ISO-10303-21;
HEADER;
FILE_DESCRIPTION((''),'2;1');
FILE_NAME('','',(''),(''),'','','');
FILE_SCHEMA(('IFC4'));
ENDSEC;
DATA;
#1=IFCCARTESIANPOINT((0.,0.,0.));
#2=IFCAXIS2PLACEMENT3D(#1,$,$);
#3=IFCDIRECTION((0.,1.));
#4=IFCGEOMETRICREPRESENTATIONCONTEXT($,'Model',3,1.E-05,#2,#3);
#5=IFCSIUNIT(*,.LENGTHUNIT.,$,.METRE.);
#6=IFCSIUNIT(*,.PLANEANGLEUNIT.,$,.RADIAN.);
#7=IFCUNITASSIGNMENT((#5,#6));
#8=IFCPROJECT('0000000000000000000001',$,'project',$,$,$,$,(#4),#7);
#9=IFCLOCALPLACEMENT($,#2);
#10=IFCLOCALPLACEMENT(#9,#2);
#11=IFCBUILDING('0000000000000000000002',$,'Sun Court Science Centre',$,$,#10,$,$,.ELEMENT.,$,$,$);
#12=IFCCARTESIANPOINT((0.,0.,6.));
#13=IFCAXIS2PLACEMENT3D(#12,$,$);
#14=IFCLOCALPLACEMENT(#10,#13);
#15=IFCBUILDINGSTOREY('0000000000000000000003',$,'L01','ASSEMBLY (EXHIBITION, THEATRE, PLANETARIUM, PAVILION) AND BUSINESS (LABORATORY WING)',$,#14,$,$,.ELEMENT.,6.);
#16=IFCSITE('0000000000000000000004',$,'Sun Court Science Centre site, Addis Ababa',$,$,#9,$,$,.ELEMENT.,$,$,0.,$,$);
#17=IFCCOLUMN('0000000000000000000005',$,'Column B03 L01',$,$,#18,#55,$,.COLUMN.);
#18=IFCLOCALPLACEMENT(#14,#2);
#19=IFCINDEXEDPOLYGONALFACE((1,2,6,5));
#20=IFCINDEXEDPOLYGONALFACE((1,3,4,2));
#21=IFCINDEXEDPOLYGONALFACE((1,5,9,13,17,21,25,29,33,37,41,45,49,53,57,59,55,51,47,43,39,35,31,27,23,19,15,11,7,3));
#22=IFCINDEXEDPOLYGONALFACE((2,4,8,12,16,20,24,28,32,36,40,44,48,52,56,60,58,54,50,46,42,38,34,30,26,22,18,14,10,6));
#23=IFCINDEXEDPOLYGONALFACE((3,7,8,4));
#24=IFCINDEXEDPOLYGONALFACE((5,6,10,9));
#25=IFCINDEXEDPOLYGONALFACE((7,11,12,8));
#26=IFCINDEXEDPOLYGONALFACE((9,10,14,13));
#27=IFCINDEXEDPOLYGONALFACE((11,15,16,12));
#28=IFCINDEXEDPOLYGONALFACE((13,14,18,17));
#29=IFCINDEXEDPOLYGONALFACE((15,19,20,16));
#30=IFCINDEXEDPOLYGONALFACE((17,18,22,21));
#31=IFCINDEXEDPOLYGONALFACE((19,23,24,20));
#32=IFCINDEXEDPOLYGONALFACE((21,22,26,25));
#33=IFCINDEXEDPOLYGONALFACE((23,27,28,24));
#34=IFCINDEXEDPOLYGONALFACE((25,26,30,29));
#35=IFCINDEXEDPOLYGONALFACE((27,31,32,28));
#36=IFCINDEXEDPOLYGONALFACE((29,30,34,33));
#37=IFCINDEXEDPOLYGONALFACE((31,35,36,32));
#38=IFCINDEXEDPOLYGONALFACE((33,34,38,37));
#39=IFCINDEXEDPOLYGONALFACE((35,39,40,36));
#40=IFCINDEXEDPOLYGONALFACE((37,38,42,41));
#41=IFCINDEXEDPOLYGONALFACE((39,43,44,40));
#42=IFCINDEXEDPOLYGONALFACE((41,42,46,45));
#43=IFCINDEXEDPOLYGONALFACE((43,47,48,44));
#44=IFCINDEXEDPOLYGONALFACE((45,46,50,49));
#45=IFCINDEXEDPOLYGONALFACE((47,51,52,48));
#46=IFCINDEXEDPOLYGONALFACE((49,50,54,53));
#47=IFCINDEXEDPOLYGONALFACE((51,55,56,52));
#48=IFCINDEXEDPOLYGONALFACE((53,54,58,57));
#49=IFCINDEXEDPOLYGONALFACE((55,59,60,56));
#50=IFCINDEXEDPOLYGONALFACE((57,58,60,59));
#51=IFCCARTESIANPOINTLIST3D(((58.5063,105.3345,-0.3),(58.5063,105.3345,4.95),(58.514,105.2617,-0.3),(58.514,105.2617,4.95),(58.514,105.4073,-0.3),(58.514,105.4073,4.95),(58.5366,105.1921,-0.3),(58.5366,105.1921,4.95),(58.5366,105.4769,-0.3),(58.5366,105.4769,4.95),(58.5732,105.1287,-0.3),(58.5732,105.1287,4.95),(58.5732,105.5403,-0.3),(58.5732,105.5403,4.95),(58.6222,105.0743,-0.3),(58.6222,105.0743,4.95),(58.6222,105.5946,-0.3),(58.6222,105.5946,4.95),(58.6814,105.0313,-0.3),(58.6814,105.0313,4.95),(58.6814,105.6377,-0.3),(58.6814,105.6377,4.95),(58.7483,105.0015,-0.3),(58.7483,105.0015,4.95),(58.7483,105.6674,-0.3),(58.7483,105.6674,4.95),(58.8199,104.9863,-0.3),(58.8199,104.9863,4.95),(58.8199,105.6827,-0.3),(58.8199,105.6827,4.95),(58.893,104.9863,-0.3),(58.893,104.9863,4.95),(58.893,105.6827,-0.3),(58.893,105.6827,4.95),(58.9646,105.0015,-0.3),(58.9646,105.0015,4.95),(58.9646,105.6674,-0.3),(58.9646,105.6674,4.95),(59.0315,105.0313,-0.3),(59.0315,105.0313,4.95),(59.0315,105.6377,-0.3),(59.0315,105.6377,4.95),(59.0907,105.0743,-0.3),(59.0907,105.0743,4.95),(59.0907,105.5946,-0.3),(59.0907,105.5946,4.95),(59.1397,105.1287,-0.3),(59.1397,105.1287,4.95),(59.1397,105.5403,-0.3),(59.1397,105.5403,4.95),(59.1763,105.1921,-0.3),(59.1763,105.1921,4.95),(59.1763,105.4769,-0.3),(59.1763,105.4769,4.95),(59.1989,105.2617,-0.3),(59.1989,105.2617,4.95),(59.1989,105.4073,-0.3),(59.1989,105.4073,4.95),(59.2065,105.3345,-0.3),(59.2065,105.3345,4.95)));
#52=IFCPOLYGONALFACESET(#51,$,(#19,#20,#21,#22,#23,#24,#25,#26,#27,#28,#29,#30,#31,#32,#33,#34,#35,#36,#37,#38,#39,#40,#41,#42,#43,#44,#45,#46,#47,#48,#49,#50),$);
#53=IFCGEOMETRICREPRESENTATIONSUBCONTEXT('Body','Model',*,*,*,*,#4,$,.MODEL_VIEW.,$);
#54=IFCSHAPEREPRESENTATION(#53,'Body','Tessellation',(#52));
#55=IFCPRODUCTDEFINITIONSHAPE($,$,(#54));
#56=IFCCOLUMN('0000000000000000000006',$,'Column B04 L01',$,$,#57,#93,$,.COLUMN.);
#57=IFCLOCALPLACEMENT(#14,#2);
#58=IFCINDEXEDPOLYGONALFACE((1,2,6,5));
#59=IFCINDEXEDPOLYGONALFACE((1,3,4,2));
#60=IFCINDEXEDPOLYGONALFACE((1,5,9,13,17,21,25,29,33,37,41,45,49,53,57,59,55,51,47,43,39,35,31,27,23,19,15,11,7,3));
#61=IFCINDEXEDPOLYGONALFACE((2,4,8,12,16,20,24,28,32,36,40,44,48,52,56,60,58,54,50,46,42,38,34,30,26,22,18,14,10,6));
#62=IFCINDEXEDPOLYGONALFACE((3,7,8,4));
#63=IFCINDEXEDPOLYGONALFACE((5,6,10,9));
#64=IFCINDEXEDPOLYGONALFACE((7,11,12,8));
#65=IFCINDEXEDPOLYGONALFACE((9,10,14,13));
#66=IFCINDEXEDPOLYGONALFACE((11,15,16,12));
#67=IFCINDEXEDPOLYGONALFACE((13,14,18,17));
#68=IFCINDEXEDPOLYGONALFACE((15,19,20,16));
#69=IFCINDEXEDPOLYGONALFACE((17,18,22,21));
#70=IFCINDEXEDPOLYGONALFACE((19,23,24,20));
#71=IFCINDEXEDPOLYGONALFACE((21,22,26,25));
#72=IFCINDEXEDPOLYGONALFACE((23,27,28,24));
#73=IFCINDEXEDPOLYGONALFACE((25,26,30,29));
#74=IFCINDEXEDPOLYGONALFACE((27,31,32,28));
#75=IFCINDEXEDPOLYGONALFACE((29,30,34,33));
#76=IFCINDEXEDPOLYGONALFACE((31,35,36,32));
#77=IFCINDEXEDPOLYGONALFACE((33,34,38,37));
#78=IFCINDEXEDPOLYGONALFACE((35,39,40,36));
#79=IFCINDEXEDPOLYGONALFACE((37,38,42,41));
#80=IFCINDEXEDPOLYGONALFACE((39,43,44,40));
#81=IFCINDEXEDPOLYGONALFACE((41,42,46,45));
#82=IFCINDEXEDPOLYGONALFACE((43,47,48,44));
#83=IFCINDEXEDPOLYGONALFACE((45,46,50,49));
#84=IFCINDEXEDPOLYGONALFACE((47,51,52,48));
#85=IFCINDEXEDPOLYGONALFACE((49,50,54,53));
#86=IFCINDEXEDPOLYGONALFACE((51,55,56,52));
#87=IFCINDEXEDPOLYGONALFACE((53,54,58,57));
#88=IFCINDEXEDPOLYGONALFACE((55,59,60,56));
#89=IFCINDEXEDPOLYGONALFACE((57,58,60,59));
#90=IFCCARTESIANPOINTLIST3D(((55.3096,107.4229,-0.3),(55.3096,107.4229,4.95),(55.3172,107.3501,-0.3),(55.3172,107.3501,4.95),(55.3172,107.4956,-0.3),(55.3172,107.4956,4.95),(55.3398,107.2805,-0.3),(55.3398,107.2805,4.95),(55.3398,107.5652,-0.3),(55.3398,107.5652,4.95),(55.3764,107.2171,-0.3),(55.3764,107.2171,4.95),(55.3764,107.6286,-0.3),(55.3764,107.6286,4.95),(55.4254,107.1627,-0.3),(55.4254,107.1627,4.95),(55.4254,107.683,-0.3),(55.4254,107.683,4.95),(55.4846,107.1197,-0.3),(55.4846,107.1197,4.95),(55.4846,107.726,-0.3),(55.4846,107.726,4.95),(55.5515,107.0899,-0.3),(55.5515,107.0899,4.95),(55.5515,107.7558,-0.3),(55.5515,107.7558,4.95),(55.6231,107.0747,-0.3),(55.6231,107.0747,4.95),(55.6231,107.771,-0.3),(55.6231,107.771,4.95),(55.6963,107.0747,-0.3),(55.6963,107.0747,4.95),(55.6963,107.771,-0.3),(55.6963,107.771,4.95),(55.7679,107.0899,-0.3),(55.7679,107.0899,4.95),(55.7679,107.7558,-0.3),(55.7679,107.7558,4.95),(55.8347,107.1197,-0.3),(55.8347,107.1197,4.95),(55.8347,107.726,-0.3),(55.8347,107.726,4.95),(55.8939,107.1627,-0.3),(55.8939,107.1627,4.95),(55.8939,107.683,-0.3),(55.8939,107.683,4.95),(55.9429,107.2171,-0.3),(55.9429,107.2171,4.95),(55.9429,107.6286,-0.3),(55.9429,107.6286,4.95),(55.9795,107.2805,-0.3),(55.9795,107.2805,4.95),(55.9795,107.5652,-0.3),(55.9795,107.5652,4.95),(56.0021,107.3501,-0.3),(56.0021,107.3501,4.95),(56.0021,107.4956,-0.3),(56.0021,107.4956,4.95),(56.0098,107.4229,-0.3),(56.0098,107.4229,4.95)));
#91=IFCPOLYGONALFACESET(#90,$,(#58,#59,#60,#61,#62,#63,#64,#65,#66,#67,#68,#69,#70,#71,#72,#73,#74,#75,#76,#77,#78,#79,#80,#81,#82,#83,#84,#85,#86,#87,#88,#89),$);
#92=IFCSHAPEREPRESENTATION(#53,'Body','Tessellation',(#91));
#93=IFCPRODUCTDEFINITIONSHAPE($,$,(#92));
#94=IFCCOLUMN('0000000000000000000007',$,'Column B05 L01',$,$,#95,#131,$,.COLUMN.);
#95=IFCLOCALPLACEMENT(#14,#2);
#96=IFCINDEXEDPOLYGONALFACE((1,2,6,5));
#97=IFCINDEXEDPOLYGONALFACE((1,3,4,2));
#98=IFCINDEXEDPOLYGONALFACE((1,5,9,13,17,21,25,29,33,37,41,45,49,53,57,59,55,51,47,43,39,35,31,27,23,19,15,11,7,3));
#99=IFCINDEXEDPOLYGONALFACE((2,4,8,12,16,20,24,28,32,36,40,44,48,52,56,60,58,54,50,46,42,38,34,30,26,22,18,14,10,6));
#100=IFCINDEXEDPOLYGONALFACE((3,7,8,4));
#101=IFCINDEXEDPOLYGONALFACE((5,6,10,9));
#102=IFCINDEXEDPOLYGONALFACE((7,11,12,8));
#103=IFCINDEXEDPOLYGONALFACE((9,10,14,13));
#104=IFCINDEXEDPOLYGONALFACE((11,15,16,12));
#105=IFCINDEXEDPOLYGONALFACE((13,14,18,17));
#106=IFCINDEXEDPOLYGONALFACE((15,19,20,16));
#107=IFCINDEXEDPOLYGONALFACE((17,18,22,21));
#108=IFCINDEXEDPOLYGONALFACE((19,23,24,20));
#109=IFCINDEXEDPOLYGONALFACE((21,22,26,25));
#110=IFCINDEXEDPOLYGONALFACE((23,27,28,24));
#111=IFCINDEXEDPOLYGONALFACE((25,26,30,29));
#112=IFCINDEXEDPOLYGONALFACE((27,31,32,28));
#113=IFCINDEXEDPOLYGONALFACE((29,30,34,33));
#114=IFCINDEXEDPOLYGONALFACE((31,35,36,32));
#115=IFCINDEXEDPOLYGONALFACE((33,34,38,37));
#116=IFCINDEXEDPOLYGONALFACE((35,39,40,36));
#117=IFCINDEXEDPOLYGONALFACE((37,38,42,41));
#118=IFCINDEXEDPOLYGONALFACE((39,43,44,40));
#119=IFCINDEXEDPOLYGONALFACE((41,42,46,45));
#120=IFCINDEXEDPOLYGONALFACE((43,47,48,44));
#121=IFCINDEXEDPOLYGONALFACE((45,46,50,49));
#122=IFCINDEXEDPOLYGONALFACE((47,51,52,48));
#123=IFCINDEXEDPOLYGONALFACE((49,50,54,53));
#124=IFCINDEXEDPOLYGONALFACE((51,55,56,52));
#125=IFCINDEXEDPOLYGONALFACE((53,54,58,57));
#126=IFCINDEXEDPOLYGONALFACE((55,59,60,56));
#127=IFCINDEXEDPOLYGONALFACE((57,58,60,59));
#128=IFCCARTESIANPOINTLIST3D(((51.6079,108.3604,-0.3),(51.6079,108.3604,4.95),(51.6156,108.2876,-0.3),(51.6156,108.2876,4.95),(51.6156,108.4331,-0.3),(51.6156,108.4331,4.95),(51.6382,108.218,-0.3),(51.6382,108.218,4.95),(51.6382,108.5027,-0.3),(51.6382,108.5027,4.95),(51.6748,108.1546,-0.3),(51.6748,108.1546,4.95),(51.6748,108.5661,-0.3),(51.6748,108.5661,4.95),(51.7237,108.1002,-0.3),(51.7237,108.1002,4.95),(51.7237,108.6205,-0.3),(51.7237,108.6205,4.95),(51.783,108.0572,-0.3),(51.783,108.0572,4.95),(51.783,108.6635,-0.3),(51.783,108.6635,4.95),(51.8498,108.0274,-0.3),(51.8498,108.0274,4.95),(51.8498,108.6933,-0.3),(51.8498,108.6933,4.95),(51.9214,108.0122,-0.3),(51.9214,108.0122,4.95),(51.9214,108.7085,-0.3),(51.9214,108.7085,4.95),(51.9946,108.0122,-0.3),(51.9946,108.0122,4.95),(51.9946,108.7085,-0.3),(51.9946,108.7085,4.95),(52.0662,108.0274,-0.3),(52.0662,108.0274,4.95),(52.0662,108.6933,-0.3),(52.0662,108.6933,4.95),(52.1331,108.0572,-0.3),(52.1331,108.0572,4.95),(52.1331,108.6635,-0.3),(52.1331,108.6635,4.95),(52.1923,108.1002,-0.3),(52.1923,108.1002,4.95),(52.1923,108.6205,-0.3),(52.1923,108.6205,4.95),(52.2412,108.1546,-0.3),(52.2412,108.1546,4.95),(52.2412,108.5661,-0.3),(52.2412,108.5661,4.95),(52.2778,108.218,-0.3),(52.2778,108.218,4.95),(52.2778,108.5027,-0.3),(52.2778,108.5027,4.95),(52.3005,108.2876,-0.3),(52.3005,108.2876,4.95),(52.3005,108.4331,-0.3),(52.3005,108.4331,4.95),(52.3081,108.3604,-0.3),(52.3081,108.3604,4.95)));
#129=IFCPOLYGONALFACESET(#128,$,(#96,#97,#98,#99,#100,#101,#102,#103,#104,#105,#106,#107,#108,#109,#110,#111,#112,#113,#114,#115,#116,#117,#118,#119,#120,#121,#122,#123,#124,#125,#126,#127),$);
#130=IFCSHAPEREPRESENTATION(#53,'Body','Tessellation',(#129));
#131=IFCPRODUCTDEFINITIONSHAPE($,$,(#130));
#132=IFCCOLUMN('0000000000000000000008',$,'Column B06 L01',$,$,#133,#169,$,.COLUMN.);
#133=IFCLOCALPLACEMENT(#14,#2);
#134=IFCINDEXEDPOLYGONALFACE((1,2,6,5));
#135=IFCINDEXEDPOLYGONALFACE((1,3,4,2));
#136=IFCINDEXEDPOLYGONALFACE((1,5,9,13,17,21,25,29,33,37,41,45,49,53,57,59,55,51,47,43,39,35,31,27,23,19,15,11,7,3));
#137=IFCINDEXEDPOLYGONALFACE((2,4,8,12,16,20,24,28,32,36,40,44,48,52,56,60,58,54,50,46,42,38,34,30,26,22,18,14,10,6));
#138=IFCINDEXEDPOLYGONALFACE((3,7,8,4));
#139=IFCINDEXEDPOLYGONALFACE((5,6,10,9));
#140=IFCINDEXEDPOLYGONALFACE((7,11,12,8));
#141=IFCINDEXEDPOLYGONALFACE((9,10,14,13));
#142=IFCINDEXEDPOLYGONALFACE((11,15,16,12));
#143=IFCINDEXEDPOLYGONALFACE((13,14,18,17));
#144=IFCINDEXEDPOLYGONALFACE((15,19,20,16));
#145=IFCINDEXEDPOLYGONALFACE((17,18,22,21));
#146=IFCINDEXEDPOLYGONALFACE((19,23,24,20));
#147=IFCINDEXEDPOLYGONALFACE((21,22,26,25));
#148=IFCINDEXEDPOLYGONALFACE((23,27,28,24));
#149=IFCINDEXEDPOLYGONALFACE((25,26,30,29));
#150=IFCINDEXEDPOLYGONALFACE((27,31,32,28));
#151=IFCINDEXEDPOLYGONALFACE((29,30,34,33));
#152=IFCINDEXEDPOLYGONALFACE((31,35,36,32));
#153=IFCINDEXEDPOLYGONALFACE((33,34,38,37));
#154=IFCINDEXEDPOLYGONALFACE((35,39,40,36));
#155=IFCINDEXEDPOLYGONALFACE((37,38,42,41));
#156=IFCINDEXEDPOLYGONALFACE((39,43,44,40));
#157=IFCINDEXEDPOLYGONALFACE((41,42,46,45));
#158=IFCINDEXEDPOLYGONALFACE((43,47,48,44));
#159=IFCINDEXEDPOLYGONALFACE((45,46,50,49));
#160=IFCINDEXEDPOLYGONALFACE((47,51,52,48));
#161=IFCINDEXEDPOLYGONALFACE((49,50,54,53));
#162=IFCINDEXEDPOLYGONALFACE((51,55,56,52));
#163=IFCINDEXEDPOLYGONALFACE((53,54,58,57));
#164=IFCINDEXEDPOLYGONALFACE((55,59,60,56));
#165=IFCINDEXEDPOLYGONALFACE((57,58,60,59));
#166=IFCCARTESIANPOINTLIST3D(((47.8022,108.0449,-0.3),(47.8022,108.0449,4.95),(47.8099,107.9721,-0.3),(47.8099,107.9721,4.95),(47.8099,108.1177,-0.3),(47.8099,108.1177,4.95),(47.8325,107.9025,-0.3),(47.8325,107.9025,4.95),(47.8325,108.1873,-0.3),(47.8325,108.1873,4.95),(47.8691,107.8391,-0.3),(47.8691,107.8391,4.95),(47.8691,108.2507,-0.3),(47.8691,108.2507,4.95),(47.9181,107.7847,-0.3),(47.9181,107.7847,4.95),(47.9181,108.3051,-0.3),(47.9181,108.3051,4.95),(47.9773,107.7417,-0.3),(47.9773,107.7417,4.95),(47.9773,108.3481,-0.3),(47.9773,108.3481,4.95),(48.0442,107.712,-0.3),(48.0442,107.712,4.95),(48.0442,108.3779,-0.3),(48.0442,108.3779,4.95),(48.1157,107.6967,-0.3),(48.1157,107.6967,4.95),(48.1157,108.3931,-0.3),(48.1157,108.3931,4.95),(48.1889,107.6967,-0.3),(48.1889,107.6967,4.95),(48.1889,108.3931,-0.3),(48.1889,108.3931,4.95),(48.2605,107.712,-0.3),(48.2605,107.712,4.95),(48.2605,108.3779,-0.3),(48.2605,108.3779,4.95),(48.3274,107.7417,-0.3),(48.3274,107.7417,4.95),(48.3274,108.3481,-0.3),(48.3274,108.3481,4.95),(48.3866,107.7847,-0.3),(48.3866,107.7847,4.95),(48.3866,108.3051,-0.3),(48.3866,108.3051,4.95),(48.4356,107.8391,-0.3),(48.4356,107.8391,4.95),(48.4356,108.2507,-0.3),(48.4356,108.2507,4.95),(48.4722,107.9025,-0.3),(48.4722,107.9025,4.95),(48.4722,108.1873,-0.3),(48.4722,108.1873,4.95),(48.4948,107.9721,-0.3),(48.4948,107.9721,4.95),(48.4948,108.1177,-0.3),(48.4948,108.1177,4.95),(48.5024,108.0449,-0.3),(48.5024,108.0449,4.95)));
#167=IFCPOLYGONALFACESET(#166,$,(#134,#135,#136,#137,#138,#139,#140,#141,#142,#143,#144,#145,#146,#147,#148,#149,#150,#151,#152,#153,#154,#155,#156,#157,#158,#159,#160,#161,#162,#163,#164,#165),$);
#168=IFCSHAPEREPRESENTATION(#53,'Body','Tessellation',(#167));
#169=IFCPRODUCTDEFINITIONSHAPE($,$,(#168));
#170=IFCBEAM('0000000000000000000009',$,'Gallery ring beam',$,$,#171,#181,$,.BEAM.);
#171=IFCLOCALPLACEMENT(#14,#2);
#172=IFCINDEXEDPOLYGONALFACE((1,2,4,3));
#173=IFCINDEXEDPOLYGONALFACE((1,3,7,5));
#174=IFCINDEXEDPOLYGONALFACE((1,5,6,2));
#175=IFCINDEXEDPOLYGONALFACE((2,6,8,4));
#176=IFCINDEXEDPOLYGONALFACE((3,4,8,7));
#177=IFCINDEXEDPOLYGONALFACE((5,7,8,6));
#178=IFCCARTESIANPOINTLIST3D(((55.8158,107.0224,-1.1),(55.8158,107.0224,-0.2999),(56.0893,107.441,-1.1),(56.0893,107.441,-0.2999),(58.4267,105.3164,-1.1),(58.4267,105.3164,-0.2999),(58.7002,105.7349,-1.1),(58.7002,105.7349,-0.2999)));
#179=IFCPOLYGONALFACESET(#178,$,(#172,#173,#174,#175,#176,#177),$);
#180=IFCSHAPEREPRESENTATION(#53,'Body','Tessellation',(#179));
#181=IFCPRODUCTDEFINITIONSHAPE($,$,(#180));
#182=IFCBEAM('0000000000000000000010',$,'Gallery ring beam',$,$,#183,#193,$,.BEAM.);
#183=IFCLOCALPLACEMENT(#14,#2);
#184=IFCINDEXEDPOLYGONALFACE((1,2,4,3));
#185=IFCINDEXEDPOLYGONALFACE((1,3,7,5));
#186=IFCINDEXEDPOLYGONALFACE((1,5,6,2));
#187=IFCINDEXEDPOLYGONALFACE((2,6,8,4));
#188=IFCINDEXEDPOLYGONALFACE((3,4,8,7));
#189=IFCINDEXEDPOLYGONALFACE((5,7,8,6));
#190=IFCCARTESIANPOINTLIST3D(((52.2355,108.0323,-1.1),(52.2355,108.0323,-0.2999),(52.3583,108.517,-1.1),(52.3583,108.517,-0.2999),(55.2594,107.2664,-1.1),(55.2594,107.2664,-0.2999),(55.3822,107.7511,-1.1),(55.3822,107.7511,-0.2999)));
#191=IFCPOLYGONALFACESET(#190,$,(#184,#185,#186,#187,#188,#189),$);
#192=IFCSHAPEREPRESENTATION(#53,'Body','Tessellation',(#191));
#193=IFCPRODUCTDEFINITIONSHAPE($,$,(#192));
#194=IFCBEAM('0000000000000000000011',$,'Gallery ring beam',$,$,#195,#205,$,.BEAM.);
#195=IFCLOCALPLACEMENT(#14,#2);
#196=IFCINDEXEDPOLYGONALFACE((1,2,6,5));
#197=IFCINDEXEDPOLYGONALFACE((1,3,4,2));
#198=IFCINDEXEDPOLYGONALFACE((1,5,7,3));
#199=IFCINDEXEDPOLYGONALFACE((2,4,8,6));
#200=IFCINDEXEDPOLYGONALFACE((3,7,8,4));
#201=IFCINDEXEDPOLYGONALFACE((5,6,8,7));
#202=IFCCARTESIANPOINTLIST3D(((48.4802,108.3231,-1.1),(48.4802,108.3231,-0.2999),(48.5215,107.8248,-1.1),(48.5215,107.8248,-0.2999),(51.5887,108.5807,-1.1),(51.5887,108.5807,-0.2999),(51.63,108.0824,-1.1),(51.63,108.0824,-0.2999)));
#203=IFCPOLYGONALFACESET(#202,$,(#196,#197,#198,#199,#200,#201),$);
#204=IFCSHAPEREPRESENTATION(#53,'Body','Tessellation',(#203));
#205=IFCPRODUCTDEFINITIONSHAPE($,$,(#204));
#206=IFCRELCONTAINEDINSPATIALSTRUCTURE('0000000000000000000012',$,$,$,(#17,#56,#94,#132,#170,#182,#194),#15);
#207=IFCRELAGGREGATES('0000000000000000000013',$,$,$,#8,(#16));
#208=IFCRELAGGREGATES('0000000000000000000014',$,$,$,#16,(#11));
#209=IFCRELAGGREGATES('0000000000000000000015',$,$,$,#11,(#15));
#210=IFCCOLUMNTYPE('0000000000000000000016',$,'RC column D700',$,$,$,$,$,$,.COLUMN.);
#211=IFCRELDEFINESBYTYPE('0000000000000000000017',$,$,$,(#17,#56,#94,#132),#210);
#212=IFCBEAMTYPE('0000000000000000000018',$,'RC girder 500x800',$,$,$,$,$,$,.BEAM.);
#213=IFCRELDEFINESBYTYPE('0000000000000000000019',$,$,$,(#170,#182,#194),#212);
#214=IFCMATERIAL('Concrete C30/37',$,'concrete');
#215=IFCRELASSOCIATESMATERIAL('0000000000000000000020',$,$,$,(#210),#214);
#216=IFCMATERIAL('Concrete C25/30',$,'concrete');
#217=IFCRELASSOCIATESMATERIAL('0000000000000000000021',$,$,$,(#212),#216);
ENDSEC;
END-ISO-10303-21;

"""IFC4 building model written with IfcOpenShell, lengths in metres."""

from ifc_helpers import new_model, si_unit, direction, frame, origin, origin_2d, place, context, subcontext, project, spatial, rectangle, circle, extrude, material, material_profile, profile_set, type_object, element, save


model = new_model("IFC4")

# Units and contexts
model_context = context("Model", 3, precision=1e-05, world=origin(), true_north=direction((0.0, 1.0)))
body_context = subcontext(model_context, "Body", "Model", "MODEL_VIEW")
ifc_project = project(units=[si_unit("LENGTHUNIT", "METRE"), si_unit("PLANEANGLEUNIT", "RADIAN")], contexts=[model_context])

# Site, building, storey
site_placement = place(None, origin())
site = spatial("IfcSite", under=ifc_project, at=site_placement, Name="Sun Court Science Centre site, Addis Ababa", CompositionType="ELEMENT", RefElevation=0.0)
building_placement = place(site_placement, origin())
building = spatial("IfcBuilding", under=site, at=building_placement, Name="Sun Court Science Centre", CompositionType="ELEMENT")
storey_placement = place(building_placement, frame((0.0, 0.0, 6.0)))
storey = spatial("IfcBuildingStorey", under=building, at=storey_placement, Name="L01", Description="ASSEMBLY (EXHIBITION, THEATRE, PLANETARIUM, PAVILION) AND BUSINESS (LABORATORY WING)", CompositionType="ELEMENT", Elevation=6.0)

# Columns
ifc_material_1 = material(Name="Concrete C30/37", Category="concrete")
ifc_material_profile_1 = material_profile(ifc_material_1, circle(Radius=0.3501, at=origin_2d()), Name="RC D700")
ifc_profile_set_1 = profile_set([ifc_material_profile_1], Name="Concrete C30/37")
column_type = type_object("IfcColumnType", Name="RC column D700", PredefinedType="COLUMN", material=ifc_profile_set_1)
for number, where, z_axis, x_axis, name in (
    (1, (58.8564, 105.3345, -0.3), (0.0, 0.0, 1.0), (1.0, 0.0, 0.0), "Column B03 L01"),
    (2, (55.6597, 107.4229, -0.3), (0.0, 0.0, 1.0), (1.0, 0.0, 0.0), "Column B04 L01"),
    (3, (51.958, 108.3604, -0.3), (0.0, 0.0, 1.0), (1.0, 0.0, 0.0), "Column B05 L01"),
    (4, (48.1523, 108.0449, -0.3), (0.0, 0.0, 1.0), (1.0, 0.0, 0.0), "Column B06 L01"),
):
    element("IfcColumn", number, at=place(storey_placement, frame(where, z_axis=z_axis, x_axis=x_axis)), inside=storey, type_object=column_type, Name=name, PredefinedType="COLUMN", context=body_context, shape_type="SweptSolid", body=[
        extrude(circle(Radius=0.3501, at=origin_2d()), origin(), (0.0, 0.0, 1.0), 5.25),
    ])

# Beams
ifc_material_2 = material(Name="Concrete C25/30", Category="concrete")
ifc_material_profile_2 = material_profile(ifc_material_2, rectangle(XDim=0.5, YDim=0.8, at=origin_2d()), Name="RC 500x800")
ifc_profile_set_2 = profile_set([ifc_material_profile_2], Name="Concrete C25/30")
beam_type_1 = type_object("IfcBeamType", Name="RC girder 500x800", PredefinedType="BEAM", material=ifc_profile_set_2)
beam_1_placement = place(storey_placement, frame((58.5635, 105.5256, -0.7), z_axis=(-0.837121, 0.547017, 0.0), x_axis=(-0.547017, -0.837121, 0.0)))
element("IfcBeam", 5, at=beam_1_placement, inside=storey, type_object=beam_type_1, Name="Gallery ring beam", PredefinedType="BEAM", context=body_context, shape_type="SweptSolid", body=[
    extrude(rectangle(XDim=0.5, YDim=0.8, at=origin_2d()), origin(), (0.0, 0.0, 1.0), 3.1189),
])
beam_2_placement = place(storey_placement, frame((55.3208, 107.5088, -0.7), z_axis=(-0.969392, 0.245518, 0.0), x_axis=(-0.245518, -0.969392, 0.0)))
element("IfcBeam", 6, at=beam_2_placement, inside=storey, type_object=beam_type_1, Name="Gallery ring beam", PredefinedType="BEAM", context=body_context, shape_type="SweptSolid", body=[
    extrude(rectangle(XDim=0.5, YDim=0.8, at=origin_2d()), origin(), (0.0, 0.0, 1.0), 3.1194),
])
for number, where, z_axis, x_axis, name in (
    (7, (51.6094, 108.3315, -0.7), (-0.996585, -0.082579, 0.0), (0.082579, -0.996585, 0.0), "Gallery ring beam"),
):
    element("IfcBeam", number, at=place(storey_placement, frame(where, z_axis=z_axis, x_axis=x_axis)), inside=storey, type_object=beam_type_1, Name=name, PredefinedType="BEAM", context=body_context, shape_type="SweptSolid", body=[
        extrude(rectangle(XDim=0.5, YDim=0.8, at=origin_2d()), origin(), (0.0, 0.0, 1.0), 3.1191),
    ])

save(model, "model.ifc")
